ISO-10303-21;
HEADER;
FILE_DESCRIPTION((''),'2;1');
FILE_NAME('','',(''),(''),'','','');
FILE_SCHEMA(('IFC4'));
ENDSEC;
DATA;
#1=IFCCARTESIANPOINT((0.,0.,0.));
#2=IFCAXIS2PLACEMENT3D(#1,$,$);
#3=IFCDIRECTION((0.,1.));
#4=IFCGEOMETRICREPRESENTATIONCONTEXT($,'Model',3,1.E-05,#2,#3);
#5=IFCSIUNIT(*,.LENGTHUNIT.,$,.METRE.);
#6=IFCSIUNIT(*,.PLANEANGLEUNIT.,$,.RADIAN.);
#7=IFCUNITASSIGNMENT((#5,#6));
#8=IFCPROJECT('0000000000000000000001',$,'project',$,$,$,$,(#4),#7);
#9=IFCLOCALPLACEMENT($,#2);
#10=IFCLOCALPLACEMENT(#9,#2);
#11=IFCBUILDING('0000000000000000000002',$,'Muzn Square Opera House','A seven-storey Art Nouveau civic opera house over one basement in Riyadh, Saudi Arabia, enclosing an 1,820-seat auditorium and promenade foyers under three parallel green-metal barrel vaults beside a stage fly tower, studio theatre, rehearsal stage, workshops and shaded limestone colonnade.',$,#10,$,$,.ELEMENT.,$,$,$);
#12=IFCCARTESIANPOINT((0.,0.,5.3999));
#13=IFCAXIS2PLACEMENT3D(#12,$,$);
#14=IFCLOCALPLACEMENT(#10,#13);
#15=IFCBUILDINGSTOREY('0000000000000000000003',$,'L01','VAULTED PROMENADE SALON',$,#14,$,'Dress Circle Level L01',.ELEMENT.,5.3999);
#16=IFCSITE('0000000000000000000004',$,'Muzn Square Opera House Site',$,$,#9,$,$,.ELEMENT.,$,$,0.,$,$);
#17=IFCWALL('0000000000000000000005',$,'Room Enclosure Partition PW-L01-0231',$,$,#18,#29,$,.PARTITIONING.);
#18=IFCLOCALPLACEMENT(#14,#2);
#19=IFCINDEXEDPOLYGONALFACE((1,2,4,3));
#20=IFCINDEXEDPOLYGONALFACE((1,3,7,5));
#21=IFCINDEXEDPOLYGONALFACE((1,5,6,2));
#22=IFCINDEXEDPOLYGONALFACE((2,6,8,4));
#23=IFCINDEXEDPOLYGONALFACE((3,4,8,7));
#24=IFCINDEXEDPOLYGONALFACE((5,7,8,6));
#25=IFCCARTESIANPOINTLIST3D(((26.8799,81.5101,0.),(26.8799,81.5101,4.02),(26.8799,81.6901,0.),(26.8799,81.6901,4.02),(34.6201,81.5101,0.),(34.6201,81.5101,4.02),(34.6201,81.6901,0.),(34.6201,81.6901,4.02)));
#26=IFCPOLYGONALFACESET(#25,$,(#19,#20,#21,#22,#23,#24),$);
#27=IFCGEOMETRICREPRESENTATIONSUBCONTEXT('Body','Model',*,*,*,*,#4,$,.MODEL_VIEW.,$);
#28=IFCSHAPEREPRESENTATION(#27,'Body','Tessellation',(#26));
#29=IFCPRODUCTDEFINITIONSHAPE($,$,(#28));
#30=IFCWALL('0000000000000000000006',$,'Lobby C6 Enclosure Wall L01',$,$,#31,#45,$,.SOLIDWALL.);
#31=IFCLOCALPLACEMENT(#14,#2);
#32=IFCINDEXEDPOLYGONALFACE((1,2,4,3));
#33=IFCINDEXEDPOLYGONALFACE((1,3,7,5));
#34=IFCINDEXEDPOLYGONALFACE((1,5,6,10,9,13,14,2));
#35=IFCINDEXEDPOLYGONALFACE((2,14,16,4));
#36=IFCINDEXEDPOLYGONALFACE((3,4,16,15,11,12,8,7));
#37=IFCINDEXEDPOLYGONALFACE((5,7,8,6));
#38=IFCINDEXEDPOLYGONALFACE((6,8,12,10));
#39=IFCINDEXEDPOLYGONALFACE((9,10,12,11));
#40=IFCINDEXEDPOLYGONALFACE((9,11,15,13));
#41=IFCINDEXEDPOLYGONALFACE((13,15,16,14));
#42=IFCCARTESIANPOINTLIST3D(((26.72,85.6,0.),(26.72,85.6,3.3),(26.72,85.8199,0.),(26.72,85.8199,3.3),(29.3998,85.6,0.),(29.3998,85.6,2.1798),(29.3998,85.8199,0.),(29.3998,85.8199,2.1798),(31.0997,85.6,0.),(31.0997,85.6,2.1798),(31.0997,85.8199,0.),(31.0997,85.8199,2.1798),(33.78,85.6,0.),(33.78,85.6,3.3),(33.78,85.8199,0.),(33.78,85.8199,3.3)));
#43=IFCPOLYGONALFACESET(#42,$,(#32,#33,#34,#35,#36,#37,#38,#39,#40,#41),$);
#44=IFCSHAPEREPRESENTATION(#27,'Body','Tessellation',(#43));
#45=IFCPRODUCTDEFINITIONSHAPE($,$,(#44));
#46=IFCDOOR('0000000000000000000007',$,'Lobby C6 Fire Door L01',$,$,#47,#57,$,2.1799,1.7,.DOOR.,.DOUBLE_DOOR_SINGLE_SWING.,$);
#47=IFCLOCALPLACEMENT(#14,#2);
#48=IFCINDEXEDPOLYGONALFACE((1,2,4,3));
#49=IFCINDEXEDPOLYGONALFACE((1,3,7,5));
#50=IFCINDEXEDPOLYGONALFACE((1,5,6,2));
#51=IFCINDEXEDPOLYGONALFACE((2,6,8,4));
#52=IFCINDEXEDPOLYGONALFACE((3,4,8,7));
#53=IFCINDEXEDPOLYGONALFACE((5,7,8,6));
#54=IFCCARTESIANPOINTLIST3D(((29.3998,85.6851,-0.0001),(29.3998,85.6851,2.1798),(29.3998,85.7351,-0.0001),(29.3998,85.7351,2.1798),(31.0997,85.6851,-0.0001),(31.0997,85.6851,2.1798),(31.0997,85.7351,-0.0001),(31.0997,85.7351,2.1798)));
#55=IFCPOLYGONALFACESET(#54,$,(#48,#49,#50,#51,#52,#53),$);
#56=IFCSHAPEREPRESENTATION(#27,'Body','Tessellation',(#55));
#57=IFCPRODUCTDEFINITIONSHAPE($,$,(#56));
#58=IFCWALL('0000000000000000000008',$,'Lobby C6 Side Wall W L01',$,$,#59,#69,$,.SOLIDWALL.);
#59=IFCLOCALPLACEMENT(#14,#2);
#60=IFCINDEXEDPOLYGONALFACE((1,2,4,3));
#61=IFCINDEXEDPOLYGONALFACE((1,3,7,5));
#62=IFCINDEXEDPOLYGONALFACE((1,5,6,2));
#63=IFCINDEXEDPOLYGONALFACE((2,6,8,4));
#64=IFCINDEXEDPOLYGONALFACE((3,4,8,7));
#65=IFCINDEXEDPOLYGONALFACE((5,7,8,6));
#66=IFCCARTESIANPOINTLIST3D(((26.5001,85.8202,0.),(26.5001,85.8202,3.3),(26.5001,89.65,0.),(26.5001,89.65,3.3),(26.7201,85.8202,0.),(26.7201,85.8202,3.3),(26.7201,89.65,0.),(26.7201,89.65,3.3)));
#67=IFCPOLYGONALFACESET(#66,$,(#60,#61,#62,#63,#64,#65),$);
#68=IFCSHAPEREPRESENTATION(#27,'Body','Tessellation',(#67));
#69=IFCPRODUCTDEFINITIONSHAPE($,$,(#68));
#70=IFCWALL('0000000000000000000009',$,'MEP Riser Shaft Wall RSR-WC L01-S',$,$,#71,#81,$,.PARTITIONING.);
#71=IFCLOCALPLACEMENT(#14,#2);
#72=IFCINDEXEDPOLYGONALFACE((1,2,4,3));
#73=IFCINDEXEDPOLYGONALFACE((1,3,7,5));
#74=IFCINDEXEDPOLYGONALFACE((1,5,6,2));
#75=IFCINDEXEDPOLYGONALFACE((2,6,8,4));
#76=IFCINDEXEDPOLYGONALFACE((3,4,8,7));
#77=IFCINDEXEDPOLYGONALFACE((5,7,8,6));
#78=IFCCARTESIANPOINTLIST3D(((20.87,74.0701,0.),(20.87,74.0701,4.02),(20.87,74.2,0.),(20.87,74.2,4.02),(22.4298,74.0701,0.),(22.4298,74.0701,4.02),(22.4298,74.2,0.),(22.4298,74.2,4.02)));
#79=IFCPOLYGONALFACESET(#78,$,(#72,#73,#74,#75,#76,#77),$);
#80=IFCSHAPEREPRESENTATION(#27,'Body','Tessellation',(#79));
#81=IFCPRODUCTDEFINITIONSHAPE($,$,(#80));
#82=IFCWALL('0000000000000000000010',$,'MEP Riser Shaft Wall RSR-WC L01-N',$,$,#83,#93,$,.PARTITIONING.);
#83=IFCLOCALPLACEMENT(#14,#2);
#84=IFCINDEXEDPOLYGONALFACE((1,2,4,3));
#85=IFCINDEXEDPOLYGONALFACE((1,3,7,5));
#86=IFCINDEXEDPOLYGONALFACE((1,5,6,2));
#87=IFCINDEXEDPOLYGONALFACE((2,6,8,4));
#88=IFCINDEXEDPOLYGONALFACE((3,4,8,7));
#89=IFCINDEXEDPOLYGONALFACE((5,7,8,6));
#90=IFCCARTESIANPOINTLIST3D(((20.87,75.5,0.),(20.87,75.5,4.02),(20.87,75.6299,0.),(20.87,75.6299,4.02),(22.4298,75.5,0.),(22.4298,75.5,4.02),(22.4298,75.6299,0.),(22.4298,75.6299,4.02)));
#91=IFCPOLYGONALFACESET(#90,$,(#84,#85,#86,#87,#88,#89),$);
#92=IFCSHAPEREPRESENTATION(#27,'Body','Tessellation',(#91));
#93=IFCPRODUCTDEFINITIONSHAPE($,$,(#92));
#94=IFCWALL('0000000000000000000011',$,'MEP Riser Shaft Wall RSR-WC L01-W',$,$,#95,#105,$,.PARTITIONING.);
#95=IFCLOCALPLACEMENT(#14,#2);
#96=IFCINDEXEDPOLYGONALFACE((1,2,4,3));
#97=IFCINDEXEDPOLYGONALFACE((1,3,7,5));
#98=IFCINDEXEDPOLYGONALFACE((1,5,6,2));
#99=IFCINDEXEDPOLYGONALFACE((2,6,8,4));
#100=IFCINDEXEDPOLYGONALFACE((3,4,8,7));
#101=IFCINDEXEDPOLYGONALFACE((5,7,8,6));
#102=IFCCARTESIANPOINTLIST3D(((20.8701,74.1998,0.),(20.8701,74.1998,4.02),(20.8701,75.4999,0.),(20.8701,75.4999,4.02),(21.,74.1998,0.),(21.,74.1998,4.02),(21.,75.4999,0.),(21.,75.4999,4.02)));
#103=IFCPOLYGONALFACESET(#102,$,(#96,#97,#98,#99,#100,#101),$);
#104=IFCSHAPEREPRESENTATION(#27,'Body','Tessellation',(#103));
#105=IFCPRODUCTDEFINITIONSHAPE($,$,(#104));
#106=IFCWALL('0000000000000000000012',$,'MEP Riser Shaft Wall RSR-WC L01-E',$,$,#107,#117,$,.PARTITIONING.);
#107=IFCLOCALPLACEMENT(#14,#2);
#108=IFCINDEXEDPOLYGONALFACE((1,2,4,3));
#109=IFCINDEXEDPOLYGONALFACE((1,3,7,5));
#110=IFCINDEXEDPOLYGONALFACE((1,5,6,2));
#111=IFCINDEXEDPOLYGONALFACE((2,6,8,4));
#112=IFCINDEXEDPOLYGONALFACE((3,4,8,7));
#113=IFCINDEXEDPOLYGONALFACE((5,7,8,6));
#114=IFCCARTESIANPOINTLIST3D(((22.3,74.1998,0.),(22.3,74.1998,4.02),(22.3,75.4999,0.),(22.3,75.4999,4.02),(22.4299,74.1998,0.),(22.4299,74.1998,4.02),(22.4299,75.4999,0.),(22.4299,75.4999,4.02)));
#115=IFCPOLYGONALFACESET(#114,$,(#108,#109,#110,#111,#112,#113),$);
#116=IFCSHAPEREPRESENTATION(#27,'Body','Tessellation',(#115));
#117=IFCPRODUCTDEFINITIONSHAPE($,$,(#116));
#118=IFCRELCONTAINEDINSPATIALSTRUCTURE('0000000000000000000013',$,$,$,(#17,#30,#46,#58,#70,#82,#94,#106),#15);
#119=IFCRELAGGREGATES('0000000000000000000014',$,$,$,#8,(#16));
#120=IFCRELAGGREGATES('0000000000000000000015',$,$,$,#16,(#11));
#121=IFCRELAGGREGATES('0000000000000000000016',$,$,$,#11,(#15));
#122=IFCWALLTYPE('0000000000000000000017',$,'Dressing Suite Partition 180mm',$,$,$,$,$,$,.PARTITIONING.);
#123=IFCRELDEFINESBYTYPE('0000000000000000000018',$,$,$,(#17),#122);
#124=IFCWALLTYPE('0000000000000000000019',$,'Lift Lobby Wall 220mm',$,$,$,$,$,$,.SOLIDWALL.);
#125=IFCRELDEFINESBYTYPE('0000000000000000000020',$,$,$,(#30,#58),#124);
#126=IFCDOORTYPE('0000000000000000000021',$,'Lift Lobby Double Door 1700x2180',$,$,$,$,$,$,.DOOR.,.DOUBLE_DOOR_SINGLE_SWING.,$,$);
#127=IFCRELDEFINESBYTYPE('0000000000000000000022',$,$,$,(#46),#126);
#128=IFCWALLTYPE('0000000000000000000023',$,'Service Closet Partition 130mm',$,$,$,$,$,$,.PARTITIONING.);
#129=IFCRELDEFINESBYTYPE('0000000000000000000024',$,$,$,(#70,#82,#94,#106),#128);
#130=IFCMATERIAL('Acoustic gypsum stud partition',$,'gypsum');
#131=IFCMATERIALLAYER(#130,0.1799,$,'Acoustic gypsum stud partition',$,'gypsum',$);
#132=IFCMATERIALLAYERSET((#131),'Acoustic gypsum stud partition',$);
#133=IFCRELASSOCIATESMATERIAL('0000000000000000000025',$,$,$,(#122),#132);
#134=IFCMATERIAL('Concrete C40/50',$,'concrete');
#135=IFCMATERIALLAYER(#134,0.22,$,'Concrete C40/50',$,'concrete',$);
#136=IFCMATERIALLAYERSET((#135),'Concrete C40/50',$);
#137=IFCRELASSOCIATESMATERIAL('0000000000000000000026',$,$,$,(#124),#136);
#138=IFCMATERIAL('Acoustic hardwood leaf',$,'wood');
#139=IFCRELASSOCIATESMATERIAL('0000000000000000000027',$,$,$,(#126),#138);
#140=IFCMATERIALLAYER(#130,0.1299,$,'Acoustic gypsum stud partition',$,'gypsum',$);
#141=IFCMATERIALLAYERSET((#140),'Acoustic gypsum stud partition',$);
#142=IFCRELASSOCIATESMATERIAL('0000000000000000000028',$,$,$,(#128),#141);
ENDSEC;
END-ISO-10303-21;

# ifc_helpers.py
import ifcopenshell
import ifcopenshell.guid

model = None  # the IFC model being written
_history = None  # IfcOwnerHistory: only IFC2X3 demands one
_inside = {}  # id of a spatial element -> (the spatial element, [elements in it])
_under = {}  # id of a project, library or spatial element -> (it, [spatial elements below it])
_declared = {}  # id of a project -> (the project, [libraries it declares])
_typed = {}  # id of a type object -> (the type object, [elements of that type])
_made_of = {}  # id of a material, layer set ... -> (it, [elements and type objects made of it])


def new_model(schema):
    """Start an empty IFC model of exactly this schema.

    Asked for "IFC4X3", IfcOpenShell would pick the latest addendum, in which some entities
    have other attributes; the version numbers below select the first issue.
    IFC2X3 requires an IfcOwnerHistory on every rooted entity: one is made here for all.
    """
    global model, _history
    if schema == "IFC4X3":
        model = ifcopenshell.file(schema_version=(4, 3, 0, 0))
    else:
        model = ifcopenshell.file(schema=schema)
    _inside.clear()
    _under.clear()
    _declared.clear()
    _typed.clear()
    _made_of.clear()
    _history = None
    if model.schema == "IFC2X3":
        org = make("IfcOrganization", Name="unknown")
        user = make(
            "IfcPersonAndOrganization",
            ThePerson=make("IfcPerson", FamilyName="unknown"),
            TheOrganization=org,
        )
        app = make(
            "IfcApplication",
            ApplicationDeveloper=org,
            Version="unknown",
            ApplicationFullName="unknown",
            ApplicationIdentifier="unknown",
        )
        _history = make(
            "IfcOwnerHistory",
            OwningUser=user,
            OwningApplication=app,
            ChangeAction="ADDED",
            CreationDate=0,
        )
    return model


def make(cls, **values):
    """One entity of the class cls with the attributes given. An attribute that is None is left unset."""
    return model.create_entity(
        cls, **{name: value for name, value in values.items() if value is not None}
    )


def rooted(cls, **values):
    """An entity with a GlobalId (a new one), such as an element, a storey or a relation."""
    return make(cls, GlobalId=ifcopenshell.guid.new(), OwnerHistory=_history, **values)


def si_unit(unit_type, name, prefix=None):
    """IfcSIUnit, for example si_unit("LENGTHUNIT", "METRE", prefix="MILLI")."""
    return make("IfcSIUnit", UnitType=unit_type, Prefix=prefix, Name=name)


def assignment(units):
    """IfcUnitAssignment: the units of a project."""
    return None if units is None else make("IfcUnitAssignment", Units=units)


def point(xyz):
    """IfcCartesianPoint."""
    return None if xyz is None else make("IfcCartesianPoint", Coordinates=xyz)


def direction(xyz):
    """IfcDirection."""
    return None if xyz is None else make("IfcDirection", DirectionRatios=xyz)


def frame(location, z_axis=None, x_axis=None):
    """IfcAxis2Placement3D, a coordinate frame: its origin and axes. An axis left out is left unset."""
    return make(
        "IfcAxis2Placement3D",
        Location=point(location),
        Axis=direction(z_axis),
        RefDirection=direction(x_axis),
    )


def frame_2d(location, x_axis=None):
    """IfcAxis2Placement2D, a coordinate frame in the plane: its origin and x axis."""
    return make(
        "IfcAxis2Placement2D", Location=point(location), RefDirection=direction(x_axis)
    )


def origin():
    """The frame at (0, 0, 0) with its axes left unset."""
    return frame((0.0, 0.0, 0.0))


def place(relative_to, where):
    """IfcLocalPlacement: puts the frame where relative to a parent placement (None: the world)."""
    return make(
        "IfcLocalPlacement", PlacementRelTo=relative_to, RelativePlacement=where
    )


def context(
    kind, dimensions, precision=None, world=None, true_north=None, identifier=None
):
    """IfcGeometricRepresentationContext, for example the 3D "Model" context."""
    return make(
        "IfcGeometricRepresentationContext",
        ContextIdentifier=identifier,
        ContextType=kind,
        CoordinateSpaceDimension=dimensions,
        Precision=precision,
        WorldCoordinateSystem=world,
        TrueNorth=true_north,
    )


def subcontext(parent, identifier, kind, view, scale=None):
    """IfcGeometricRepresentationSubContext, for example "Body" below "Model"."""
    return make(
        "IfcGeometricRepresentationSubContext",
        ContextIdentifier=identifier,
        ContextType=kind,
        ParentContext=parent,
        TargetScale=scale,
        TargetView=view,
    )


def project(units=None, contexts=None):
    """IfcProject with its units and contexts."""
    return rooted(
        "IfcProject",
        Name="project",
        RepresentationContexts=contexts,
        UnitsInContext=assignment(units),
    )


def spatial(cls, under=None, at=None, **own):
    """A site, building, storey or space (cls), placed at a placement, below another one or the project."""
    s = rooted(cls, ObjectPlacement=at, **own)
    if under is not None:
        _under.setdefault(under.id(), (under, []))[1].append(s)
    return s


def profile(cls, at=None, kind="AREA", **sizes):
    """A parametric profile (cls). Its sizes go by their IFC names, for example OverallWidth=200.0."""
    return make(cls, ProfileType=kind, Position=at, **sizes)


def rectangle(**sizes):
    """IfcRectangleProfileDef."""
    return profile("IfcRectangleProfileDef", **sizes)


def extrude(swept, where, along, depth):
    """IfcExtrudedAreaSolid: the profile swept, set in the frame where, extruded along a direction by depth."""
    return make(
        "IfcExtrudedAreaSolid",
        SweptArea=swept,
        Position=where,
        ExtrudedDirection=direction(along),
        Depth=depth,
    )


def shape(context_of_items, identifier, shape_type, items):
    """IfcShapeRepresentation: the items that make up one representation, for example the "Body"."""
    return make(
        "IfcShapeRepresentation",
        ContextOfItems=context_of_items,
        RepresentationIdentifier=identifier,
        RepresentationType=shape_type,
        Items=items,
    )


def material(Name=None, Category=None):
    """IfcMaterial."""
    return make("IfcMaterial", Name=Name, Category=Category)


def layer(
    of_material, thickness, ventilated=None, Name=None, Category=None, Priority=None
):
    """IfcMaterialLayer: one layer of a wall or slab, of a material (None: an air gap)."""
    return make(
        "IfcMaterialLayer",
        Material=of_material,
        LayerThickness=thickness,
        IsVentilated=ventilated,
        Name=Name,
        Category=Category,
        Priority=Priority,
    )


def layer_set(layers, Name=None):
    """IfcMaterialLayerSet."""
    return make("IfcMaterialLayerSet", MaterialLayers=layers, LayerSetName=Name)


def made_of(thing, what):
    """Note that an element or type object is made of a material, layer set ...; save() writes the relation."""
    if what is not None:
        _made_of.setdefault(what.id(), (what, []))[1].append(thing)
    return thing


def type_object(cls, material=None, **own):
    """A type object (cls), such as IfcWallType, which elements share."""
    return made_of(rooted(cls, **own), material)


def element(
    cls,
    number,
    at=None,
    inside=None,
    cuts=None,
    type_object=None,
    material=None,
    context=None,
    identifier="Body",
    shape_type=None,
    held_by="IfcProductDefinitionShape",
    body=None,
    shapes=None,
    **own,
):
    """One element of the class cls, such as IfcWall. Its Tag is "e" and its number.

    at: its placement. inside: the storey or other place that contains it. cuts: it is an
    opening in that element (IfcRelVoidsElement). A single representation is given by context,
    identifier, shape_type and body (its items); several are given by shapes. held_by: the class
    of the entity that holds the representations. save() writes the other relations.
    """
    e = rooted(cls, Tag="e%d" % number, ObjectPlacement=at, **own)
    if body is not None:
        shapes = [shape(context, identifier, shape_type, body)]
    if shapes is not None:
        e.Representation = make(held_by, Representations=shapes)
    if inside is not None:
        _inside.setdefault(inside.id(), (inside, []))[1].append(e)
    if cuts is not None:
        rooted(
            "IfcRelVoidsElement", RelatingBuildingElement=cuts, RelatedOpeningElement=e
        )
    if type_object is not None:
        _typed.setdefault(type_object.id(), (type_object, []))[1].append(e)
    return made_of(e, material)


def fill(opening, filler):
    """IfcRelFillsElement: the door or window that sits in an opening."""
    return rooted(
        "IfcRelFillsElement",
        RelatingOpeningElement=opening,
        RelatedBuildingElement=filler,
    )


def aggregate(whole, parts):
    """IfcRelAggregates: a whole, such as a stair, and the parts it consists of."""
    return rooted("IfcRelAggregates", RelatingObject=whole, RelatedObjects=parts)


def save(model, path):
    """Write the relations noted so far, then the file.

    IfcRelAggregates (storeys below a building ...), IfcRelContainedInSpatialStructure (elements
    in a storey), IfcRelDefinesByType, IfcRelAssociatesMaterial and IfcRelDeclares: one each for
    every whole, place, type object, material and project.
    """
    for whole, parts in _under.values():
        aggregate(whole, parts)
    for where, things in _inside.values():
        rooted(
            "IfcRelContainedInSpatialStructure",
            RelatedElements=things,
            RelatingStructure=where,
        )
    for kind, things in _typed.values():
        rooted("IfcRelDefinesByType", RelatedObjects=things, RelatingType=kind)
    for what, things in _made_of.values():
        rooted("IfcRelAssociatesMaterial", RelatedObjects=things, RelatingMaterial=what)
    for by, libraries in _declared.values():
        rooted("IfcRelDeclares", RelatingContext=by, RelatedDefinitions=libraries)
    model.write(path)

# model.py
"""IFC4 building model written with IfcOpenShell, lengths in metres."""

from ifc_helpers import new_model, si_unit, direction, frame, frame_2d, origin, place, context, subcontext, project, spatial, rectangle, extrude, material, layer, layer_set, type_object, element, fill, save


model = new_model("IFC4")

# Units and contexts
model_context = context("Model", 3, precision=1e-05, world=origin(), true_north=direction((0.0, 1.0)))
body_context = subcontext(model_context, "Body", "Model", "MODEL_VIEW")
ifc_project = project(units=[si_unit("LENGTHUNIT", "METRE"), si_unit("PLANEANGLEUNIT", "RADIAN")], contexts=[model_context])

# Site, building, storey
site_placement = place(None, origin())
site = spatial("IfcSite", under=ifc_project, at=site_placement, Name="Muzn Square Opera House Site", CompositionType="ELEMENT", RefElevation=0.0)
building_placement = place(site_placement, origin())
building = spatial("IfcBuilding", under=site, at=building_placement, Name="Muzn Square Opera House", Description="A seven-storey Art Nouveau civic opera house over one basement in Riyadh, Saudi Arabia, enclosing an 1,820-seat auditorium and promenade foyers under three parallel green-metal barrel vaults beside a stage fly tower, studio theatre, rehearsal stage, workshops and shaded limestone colonnade.", CompositionType="ELEMENT")
storey_placement = place(building_placement, frame((0.0, 0.0, 5.3999)))
storey = spatial("IfcBuildingStorey", under=building, at=storey_placement, Name="L01", Description="VAULTED PROMENADE SALON", LongName="Dress Circle Level L01", CompositionType="ELEMENT", Elevation=5.3999)

# Shared definitions
ifc_material_1 = material(Name="Concrete C40/50", Category="concrete")

# Wall
ifc_material_2 = material(Name="Acoustic gypsum stud partition", Category="gypsum")
ifc_layer_1 = layer(ifc_material_2, 0.1799, Name="Acoustic gypsum stud partition", Category="gypsum")
ifc_layer_set_1 = layer_set([ifc_layer_1], Name="Acoustic gypsum stud partition")
wall_type_1 = type_object("IfcWallType", Name="Dressing Suite Partition 180mm", PredefinedType="PARTITIONING", material=ifc_layer_set_1)
wall_1_placement = place(storey_placement, frame((26.8799, 81.6001, 0.0), z_axis=(0.0, 0.0, 1.0), x_axis=(1.0, 0.0, 0.0)))
element("IfcWall", 1, at=wall_1_placement, inside=storey, type_object=wall_type_1, Name="Room Enclosure Partition PW-L01-0231", PredefinedType="PARTITIONING", context=body_context, shape_type="SweptSolid", body=[
    extrude(rectangle(XDim=7.7402, YDim=0.1799, at=frame_2d((3.8701, 0.0))), origin(), (0.0, 0.0, 1.0), 4.02),
])

# Wall, opening, door
ifc_layer_2 = layer(ifc_material_1, 0.22, Name="Concrete C40/50", Category="concrete")
ifc_layer_set_2 = layer_set([ifc_layer_2], Name="Concrete C40/50")
wall_type_2 = type_object("IfcWallType", Name="Lift Lobby Wall 220mm", PredefinedType="SOLIDWALL", material=ifc_layer_set_2)
wall_2_placement = place(storey_placement, frame((26.72, 85.71, 0.0), z_axis=(0.0, 0.0, 1.0), x_axis=(1.0, 0.0, 0.0)))
wall_2 = element("IfcWall", 2, at=wall_2_placement, inside=storey, type_object=wall_type_2, Name="Lobby C6 Enclosure Wall L01", PredefinedType="SOLIDWALL", context=body_context, shape_type="SweptSolid", body=[
    extrude(rectangle(XDim=7.0601, YDim=0.22, at=frame_2d((3.53, 0.0))), origin(), (0.0, 0.0, 1.0), 3.3),
])
opening_placement = place(wall_2_placement, frame((4.3799, 0.0, 0.0), z_axis=(0.0, 0.0, 1.0), x_axis=(-1.0, 0.0, 0.0)))
opening = element("IfcOpeningElement", 3, at=opening_placement, cuts=wall_2, PredefinedType="OPENING", context=body_context, shape_type="SweptSolid", body=[
    extrude(rectangle(XDim=1.7, YDim=2.1799, at=frame_2d((0.8501, 1.0898))), frame((0.0, 0.1199, 0.0), z_axis=(0.0, -1.0, 0.0), x_axis=(1.0, 0.0, 0.0)), (0.0, 0.0, 1.0), 0.24),
])
ifc_material_3 = material(Name="Acoustic hardwood leaf", Category="wood")
door_type = type_object("IfcDoorType", Name="Lift Lobby Double Door 1700x2180", OperationType="DOUBLE_DOOR_SINGLE_SWING", PredefinedType="DOOR", material=ifc_material_3)
door_placement = place(opening_placement, origin())
door = element("IfcDoor", 4, at=door_placement, inside=storey, type_object=door_type, Name="Lobby C6 Fire Door L01", OperationType="DOUBLE_DOOR_SINGLE_SWING", OverallHeight=2.1799, OverallWidth=1.7, PredefinedType="DOOR", context=body_context, shape_type="SweptSolid", body=[
    extrude(rectangle(XDim=1.7, YDim=2.1799, at=frame_2d((0.8501, 1.0898))), frame((0.0, 0.0249, 0.0), z_axis=(0.0, -1.0, 0.0), x_axis=(1.0, 0.0, 0.0)), (0.0, 0.0, 1.0), 0.05),
])
fill(opening, door)

# Walls
wall_3_placement = place(storey_placement, frame((26.6101, 85.8201, 0.0), z_axis=(0.0, 0.0, 1.0), x_axis=(0.0, 1.0, 0.0)))
element("IfcWall", 5, at=wall_3_placement, inside=storey, type_object=wall_type_2, Name="Lobby C6 Side Wall W L01", PredefinedType="SOLIDWALL", context=body_context, shape_type="SweptSolid", body=[
    extrude(rectangle(XDim=3.8298, YDim=0.22, at=frame_2d((1.915, 0.0))), origin(), (0.0, 0.0, 1.0), 3.3),
])
ifc_layer_3 = layer(ifc_material_2, 0.1299, Name="Acoustic gypsum stud partition", Category="gypsum")
ifc_layer_set_3 = layer_set([ifc_layer_3], Name="Acoustic gypsum stud partition")
wall_type_3 = type_object("IfcWallType", Name="Service Closet Partition 130mm", PredefinedType="PARTITIONING", material=ifc_layer_set_3)
for number, where, z_axis, x_axis, name in (
    (6, (20.8701, 74.135, 0.0), (0.0, 0.0, 1.0), (1.0, 0.0, 0.0), "MEP Riser Shaft Wall RSR-WC L01-S"),
    (7, (20.8701, 75.5649, 0.0), (0.0, 0.0, 1.0), (1.0, 0.0, 0.0), "MEP Riser Shaft Wall RSR-WC L01-N"),
):
    element("IfcWall", number, at=place(storey_placement, frame(where, z_axis=z_axis, x_axis=x_axis)), inside=storey, type_object=wall_type_3, Name=name, PredefinedType="PARTITIONING", context=body_context, shape_type="SweptSolid", body=[
        extrude(rectangle(XDim=1.5598, YDim=0.1299, at=frame_2d((0.7798, 0.0))), origin(), (0.0, 0.0, 1.0), 4.02),
    ])
for number, where, z_axis, x_axis, name in (
    (8, (20.9351, 74.2, 0.0), (0.0, 0.0, 1.0), (0.0, 1.0, 0.0), "MEP Riser Shaft Wall RSR-WC L01-W"),
    (9, (22.365, 74.2, 0.0), (0.0, 0.0, 1.0), (0.0, 1.0, 0.0), "MEP Riser Shaft Wall RSR-WC L01-E"),
):
    element("IfcWall", number, at=place(storey_placement, frame(where, z_axis=z_axis, x_axis=x_axis)), inside=storey, type_object=wall_type_3, Name=name, PredefinedType="PARTITIONING", context=body_context, shape_type="SweptSolid", body=[
        extrude(rectangle(XDim=1.3, YDim=0.1299, at=frame_2d((0.6499, 0.0))), origin(), (0.0, 0.0, 1.0), 4.02),
    ])

save(model, "model.ifc")
